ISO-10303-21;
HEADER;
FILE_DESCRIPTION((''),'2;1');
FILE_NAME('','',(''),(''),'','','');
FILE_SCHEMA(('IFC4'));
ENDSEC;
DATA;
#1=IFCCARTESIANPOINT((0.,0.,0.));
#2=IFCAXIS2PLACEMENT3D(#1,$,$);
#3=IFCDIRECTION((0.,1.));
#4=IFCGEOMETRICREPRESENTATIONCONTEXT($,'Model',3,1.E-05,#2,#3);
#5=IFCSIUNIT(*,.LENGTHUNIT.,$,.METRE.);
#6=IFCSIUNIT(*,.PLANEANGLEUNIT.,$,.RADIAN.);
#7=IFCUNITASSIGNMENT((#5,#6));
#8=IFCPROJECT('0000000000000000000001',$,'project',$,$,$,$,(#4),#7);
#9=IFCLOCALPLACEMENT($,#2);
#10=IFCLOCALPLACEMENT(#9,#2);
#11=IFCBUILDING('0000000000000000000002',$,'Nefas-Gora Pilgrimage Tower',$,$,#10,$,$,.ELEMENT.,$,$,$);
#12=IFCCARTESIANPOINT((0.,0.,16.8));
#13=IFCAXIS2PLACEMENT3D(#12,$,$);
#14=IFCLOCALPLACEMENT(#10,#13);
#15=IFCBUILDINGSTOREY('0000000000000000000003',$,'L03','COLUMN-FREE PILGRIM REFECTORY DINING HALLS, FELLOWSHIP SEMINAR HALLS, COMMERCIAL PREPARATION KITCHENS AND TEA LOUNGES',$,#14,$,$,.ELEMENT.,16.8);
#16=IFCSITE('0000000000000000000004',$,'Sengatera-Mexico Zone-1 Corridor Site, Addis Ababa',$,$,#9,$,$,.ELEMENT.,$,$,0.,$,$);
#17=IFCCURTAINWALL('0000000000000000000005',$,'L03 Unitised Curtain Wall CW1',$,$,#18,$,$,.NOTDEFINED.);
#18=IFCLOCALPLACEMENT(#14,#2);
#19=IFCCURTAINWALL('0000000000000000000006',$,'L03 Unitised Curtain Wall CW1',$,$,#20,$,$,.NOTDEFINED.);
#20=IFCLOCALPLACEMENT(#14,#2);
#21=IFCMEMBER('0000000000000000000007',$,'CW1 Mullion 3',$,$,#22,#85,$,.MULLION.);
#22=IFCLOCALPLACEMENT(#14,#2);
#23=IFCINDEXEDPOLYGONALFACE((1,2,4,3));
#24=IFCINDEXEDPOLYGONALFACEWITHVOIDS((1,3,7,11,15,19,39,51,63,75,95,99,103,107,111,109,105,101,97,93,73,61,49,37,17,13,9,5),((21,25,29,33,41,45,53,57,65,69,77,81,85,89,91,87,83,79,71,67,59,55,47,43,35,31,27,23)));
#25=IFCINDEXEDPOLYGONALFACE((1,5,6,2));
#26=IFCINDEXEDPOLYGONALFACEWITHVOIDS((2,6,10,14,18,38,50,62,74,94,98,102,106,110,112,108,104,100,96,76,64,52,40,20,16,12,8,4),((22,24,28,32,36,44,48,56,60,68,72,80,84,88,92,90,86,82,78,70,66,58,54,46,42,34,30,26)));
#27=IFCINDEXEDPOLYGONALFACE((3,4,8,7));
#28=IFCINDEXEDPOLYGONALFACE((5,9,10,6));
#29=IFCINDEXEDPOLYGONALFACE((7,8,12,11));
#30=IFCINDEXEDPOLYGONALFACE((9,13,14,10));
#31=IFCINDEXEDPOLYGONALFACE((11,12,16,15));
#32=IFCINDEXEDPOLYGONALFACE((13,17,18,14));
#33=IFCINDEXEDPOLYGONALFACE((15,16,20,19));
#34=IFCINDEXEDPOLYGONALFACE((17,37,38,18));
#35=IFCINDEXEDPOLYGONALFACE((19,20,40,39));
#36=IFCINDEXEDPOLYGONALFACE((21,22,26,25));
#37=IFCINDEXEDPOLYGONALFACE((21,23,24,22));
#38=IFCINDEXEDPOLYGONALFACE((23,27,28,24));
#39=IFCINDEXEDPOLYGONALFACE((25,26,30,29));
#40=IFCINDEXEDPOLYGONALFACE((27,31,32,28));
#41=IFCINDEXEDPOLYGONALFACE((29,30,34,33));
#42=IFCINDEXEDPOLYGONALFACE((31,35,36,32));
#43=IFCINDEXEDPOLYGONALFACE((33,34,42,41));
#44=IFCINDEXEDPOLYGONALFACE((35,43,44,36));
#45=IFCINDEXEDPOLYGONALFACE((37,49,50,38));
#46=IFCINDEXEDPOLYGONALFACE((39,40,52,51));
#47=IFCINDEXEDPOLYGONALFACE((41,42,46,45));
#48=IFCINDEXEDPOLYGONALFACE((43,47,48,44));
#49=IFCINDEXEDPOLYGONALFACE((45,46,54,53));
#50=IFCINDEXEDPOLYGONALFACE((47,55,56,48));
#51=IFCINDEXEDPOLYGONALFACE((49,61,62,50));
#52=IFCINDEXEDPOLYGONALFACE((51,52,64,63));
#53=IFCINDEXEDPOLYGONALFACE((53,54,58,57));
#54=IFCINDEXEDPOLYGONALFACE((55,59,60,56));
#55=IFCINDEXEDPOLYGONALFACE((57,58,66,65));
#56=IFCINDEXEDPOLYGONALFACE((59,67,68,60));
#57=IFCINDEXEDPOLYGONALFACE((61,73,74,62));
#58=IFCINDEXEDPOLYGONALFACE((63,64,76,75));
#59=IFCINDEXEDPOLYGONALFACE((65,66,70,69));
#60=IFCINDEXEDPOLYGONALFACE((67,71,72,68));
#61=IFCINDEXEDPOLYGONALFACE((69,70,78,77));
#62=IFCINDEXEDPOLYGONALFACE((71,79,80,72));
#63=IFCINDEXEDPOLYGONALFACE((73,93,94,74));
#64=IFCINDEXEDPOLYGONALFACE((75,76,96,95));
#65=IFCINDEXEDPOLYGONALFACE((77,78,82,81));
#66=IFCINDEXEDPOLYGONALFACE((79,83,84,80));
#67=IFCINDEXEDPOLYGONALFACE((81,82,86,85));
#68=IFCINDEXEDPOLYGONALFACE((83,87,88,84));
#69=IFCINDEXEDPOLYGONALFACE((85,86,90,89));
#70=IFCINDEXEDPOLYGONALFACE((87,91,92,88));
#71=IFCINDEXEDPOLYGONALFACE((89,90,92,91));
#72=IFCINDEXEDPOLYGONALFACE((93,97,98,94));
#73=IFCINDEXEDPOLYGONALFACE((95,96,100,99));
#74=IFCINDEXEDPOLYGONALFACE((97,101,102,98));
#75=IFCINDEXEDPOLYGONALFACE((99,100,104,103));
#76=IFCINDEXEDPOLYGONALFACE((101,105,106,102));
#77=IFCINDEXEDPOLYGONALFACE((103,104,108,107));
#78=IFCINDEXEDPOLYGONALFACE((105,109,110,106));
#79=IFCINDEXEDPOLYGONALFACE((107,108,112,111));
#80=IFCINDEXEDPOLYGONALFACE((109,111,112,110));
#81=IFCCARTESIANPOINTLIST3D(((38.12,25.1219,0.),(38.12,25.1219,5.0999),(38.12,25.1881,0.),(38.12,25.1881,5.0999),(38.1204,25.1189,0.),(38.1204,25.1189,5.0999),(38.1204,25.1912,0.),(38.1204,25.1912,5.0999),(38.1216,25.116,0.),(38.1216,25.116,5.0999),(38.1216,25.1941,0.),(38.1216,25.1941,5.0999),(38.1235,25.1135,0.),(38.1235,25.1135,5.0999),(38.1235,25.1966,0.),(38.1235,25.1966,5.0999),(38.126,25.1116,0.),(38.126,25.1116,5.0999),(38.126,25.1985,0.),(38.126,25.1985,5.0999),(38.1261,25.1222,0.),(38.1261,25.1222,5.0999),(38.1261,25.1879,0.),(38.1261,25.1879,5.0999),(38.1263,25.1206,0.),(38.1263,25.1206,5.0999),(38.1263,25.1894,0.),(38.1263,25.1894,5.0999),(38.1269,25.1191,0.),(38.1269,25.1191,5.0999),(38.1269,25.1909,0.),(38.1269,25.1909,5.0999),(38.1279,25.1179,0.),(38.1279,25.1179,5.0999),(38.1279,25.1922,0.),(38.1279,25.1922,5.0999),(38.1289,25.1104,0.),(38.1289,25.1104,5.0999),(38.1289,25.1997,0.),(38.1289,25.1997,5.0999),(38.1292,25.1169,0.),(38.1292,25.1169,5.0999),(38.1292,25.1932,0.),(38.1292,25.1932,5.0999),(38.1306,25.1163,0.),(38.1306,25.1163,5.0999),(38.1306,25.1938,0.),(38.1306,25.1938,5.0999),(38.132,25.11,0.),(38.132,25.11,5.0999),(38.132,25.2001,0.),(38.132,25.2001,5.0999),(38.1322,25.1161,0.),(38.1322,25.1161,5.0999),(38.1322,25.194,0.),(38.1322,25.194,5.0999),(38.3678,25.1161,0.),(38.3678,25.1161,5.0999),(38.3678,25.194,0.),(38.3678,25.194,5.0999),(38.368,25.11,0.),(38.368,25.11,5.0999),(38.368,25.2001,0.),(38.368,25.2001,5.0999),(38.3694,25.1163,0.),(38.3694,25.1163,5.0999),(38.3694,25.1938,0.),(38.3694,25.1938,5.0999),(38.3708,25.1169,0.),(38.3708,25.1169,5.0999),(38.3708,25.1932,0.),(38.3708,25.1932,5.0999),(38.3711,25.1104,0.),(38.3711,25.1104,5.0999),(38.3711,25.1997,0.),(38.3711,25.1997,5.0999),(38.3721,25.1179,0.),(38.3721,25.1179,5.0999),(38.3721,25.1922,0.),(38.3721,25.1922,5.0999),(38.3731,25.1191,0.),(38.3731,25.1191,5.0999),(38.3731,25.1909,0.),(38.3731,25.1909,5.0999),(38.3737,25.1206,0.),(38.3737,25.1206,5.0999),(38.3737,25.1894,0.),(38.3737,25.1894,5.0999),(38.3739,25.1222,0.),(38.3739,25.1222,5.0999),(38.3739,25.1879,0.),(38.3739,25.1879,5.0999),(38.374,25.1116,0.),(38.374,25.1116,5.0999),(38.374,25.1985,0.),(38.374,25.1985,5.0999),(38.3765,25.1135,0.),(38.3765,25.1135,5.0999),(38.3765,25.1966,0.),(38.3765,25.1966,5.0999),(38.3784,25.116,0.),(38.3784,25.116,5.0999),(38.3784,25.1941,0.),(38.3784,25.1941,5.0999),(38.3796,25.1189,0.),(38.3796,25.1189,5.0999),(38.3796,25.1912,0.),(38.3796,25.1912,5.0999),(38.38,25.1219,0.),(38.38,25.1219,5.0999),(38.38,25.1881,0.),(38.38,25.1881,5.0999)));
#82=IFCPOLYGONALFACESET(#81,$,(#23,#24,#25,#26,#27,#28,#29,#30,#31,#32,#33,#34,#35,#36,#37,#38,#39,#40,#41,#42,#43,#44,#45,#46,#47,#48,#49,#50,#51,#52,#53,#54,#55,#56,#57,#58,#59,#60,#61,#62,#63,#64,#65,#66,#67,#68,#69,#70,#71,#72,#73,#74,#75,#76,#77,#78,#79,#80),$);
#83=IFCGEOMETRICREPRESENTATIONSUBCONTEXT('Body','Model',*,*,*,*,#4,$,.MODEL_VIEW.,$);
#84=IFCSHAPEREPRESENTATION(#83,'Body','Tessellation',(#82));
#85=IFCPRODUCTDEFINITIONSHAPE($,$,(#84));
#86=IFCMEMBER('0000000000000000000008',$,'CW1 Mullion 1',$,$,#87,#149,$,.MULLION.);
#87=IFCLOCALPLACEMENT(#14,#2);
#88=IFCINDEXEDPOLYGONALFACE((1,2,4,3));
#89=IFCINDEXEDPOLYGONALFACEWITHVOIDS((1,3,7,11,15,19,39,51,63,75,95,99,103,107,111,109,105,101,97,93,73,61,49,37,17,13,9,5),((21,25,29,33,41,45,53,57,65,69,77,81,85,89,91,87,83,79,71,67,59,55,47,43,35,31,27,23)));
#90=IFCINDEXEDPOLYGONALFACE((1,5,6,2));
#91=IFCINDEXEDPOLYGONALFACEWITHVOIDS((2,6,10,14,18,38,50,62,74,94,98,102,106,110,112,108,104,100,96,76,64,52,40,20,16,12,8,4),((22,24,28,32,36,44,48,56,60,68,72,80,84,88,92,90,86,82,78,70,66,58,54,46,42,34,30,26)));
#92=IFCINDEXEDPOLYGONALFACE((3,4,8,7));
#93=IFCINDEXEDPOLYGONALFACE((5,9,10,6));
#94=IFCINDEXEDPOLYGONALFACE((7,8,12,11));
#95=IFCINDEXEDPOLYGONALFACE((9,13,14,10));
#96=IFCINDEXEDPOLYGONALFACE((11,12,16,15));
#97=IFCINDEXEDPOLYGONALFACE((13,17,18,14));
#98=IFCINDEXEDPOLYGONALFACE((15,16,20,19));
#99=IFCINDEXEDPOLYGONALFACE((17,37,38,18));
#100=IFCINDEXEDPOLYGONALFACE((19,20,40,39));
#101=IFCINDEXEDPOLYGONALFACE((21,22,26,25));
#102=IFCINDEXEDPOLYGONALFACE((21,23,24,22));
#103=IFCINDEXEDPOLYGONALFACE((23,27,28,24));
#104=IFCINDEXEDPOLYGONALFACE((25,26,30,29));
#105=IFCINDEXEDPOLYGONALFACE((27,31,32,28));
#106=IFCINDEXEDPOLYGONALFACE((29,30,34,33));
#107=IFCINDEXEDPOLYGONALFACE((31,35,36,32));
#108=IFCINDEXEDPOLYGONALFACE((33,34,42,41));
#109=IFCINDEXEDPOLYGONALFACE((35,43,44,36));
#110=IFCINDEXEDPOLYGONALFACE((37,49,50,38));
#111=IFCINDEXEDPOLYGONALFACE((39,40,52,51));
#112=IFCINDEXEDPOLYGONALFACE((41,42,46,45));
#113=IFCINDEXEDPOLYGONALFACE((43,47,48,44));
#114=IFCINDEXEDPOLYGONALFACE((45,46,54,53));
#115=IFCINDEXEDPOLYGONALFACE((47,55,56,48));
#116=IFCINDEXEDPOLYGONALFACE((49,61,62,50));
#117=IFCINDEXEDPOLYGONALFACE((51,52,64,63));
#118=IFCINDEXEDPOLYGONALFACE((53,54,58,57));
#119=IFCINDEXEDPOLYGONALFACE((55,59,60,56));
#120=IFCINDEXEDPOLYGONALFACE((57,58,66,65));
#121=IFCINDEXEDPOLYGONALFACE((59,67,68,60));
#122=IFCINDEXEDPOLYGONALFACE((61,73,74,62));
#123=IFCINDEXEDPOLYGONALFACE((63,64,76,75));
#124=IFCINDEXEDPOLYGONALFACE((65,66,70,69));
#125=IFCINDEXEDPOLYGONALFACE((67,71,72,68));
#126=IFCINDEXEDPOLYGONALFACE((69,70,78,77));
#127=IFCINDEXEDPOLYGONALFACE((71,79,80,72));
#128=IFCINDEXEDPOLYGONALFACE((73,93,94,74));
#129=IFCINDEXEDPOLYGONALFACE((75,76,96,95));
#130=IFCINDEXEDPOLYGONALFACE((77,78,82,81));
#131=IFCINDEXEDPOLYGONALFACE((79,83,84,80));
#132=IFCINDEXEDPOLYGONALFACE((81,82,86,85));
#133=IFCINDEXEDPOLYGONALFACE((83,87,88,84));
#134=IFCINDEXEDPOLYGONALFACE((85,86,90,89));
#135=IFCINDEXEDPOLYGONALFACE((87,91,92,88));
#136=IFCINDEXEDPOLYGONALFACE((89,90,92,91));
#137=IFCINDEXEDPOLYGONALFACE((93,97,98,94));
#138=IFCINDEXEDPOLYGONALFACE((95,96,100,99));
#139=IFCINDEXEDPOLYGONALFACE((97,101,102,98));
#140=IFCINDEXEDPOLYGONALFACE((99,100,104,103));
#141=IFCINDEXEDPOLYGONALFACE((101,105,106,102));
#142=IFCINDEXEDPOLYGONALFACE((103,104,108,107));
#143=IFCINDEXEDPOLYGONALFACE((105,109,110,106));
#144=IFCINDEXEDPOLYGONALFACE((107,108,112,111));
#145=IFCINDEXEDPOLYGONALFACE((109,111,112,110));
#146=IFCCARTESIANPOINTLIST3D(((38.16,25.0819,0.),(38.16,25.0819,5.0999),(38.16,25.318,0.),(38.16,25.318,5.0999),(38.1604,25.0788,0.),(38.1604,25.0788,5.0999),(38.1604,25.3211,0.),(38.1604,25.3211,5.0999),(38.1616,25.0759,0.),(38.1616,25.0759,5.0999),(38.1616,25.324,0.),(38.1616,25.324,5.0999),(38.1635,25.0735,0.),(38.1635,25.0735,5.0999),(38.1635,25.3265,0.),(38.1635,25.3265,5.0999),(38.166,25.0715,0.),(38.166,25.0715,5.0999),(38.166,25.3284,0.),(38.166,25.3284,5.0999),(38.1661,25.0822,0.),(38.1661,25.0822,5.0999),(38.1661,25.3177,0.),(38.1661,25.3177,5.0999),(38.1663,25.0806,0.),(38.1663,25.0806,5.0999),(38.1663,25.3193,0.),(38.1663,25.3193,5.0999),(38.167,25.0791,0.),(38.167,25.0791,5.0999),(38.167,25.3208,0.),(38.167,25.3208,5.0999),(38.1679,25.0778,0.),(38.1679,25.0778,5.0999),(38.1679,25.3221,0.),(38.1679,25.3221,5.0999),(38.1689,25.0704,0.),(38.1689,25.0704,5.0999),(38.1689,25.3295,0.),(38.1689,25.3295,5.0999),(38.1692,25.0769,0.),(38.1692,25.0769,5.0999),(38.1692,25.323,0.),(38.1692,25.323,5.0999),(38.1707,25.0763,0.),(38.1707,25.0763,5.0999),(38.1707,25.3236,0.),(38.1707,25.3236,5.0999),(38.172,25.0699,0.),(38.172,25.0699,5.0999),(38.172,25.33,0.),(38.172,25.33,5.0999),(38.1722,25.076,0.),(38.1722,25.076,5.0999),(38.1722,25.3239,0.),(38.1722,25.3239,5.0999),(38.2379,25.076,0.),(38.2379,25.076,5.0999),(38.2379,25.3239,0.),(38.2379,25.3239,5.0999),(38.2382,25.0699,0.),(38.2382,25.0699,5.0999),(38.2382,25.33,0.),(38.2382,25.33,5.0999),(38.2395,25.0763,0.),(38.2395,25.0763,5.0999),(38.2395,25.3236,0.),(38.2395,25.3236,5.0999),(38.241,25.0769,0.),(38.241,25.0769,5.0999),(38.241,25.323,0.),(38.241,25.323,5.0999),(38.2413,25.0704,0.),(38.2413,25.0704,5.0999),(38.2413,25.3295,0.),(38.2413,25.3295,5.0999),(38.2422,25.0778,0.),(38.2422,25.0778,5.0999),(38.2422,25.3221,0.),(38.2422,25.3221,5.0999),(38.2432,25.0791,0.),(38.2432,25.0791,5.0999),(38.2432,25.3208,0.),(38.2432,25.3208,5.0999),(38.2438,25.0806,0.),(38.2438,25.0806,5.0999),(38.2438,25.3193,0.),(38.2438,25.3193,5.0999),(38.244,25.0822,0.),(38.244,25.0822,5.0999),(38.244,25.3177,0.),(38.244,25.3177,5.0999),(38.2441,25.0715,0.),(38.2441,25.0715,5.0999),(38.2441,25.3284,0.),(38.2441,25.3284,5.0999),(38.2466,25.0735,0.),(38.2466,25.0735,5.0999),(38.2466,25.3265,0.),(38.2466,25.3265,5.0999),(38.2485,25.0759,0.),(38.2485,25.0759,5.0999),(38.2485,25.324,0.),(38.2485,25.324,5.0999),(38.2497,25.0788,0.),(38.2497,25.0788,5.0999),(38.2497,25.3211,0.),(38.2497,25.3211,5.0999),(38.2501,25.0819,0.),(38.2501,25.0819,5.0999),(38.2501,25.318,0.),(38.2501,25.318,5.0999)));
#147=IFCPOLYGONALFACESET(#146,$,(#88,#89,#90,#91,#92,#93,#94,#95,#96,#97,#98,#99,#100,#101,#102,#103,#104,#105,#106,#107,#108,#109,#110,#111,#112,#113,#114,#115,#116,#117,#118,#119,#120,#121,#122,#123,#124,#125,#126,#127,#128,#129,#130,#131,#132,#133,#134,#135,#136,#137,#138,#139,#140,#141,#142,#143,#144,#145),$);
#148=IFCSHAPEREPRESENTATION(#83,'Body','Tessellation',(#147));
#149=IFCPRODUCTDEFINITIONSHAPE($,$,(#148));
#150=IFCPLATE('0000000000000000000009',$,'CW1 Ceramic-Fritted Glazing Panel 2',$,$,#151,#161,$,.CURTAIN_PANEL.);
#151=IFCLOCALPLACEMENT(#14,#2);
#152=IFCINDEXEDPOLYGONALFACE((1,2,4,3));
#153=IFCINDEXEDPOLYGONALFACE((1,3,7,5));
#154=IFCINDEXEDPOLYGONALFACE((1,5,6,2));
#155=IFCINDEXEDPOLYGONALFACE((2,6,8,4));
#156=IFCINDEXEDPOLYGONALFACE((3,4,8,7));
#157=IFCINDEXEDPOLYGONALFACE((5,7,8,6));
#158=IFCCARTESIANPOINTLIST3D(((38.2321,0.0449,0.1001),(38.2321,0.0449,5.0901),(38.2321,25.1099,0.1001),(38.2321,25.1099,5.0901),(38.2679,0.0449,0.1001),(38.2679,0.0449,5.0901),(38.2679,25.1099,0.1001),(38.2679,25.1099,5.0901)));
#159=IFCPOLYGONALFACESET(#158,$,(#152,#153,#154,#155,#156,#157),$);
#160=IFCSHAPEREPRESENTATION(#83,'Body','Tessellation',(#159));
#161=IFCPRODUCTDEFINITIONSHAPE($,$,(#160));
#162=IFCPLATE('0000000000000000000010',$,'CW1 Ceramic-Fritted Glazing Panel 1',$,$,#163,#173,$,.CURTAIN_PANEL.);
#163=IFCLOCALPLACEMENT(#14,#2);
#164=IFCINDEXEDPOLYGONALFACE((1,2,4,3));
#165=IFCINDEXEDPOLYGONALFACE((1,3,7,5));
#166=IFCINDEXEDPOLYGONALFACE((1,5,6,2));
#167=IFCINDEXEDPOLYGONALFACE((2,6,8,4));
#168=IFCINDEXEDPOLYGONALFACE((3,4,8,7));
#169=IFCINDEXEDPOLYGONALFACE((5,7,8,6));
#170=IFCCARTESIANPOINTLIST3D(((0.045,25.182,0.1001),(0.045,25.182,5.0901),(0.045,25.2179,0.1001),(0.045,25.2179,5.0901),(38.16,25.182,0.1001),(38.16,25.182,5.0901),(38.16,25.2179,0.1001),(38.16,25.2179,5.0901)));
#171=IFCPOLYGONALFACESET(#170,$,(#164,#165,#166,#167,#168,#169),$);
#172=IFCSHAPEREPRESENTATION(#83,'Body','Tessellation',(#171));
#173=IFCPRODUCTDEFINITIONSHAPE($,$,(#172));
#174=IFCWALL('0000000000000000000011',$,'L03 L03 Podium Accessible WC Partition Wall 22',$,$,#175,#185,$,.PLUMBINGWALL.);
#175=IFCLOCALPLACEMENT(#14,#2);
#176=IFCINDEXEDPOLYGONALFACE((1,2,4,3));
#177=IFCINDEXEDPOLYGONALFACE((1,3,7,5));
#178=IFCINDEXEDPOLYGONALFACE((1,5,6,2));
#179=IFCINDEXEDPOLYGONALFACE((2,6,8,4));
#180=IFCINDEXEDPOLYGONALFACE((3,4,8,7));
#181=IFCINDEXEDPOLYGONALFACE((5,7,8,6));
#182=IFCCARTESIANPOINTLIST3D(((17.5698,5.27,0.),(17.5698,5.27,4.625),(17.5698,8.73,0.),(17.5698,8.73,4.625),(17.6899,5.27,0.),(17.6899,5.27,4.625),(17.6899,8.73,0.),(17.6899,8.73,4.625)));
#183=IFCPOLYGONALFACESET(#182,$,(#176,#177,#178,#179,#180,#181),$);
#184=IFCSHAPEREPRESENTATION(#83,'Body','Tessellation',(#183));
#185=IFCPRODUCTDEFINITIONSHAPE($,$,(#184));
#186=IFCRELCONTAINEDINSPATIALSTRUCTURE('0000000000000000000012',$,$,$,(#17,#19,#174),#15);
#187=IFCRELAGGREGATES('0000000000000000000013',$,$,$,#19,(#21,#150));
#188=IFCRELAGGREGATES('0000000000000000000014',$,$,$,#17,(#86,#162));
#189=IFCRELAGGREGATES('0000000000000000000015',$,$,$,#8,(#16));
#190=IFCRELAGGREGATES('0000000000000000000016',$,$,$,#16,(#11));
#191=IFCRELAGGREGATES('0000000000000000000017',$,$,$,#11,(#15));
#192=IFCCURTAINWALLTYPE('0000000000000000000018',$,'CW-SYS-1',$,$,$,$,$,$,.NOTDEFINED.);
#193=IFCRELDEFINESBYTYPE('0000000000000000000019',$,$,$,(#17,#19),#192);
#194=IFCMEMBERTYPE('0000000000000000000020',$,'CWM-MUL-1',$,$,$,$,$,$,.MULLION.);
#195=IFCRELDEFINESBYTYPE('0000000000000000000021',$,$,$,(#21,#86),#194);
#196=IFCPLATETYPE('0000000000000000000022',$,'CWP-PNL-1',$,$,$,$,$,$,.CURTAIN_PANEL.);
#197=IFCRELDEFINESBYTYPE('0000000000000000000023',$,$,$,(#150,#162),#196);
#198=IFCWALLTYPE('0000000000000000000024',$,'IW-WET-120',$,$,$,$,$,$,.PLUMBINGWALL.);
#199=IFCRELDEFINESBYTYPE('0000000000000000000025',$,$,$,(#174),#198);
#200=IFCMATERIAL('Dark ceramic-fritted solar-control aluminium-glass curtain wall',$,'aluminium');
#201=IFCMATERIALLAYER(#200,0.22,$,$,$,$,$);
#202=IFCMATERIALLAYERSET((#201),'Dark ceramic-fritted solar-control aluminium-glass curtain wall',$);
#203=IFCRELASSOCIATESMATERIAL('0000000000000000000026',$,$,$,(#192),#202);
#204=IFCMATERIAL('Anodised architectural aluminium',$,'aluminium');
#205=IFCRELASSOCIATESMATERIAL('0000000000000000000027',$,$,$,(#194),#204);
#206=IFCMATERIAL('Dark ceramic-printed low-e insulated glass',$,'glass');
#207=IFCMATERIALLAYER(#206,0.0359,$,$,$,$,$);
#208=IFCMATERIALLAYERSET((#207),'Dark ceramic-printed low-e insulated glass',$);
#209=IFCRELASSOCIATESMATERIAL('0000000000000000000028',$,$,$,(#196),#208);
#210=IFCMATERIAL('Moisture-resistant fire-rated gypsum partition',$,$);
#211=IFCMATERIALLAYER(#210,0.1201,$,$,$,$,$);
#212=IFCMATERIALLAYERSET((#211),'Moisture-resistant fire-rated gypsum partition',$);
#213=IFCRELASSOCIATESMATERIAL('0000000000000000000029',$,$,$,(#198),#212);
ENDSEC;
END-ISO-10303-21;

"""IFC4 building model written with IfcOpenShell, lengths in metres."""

from ifc_helpers import new_model, si_unit, direction, frame, frame_2d, origin, origin_2d, place, context, subcontext, project, spatial, rectangle, hollow_rectangle, extrude, source, transform, mapped, material, layer, layer_set, material_profile, profile_set, type_object, element, aggregate, save


model = new_model("IFC4")

# Units and contexts
model_context = context("Model", 3, precision=1e-05, world=origin(), true_north=direction((0.0, 1.0)))
body_context = subcontext(model_context, "Body", "Model", "MODEL_VIEW")
ifc_project = project(units=[si_unit("LENGTHUNIT", "METRE"), si_unit("PLANEANGLEUNIT", "RADIAN")], contexts=[model_context])

# Site, building, storey
site_placement = place(None, origin())
site = spatial("IfcSite", under=ifc_project, at=site_placement, Name="Sengatera-Mexico Zone-1 Corridor Site, Addis Ababa", CompositionType="ELEMENT", RefElevation=0.0)
building_placement = place(site_placement, origin())
building = spatial("IfcBuilding", under=site, at=building_placement, Name="Nefas-Gora Pilgrimage Tower", CompositionType="ELEMENT")
storey_placement = place(building_placement, frame((0.0, 0.0, 16.8)))
storey = spatial("IfcBuildingStorey", under=building, at=storey_placement, Name="L03", Description="COLUMN-FREE PILGRIM REFECTORY DINING HALLS, FELLOWSHIP SEMINAR HALLS, COMMERCIAL PREPARATION KITCHENS AND TEA LOUNGES", CompositionType="ELEMENT", Elevation=16.8)

# Curtain wall
ifc_material_1 = material(Name="Dark ceramic-fritted solar-control aluminium-glass curtain wall", Category="aluminium")
ifc_layer_1 = layer(ifc_material_1, 0.22)
ifc_layer_set_1 = layer_set([ifc_layer_1], Name="Dark ceramic-fritted solar-control aluminium-glass curtain wall")
curtain_wall_type = type_object("IfcCurtainWallType", Name="CW-SYS-1", PredefinedType="NOTDEFINED", material=ifc_layer_set_1)
curtain_wall_1_placement = place(storey_placement, origin())
curtain_wall_1 = element("IfcCurtainWall", 1, at=curtain_wall_1_placement, inside=storey, type_object=curtain_wall_type, Name="L03 Unitised Curtain Wall CW1", PredefinedType="NOTDEFINED")
ifc_material_2 = material(Name="Anodised architectural aluminium", Category="aluminium")

# Curtain wall, member
curtain_wall_2_placement = place(storey_placement, origin())
curtain_wall_2 = element("IfcCurtainWall", 2, at=curtain_wall_2_placement, inside=storey, type_object=curtain_wall_type, Name="L03 Unitised Curtain Wall CW1", PredefinedType="NOTDEFINED")
ifc_material_profile_1 = material_profile(ifc_material_2, hollow_rectangle(XDim=0.0901, YDim=0.26, WallThickness=0.0061, InnerFilletRadius=0.0061, OuterFilletRadius=0.012, at=origin_2d()), Name="ALU MULLION 90x260")
ifc_profile_set_1 = profile_set([ifc_material_profile_1], Name="Anodised architectural aluminium")
member_type_1 = type_object("IfcMemberType", Name="CWM-MUL-1", PredefinedType="MULLION", material=ifc_profile_set_1)
shared_shape_1 = source(origin(), body_context, "Body", "SweptSolid", [
    extrude(hollow_rectangle(XDim=0.0901, YDim=0.26, WallThickness=0.0061, InnerFilletRadius=0.0061, OuterFilletRadius=0.012, at=origin_2d()), origin(), (0.0, 0.0, 1.0), 5.0999),
])
member_1_placement = place(storey_placement, frame((38.25, 25.155, 0.0), z_axis=(0.0, 0.0, 1.0), x_axis=(0.0, 1.0, 0.0)))
member_1 = element("IfcMember", 3, at=member_1_placement, type_object=member_type_1, Name="CW1 Mullion 3", PredefinedType="MULLION", context=body_context, shape_type="MappedRepresentation", body=[
    mapped(shared_shape_1, transform((0.0, 0.0, 0.0), x_axis=(1.0, 0.0, 0.0), y_axis=(0.0, 1.0, 0.0), z_axis=(0.0, 0.0, 1.0), scale=1.0)),
])

# Member
member_2_placement = place(storey_placement, frame((38.2051, 25.2, 0.0), z_axis=(0.0, 0.0, 1.0), x_axis=(-1.0, 0.0, 0.0)))
member_2 = element("IfcMember", 4, at=member_2_placement, type_object=member_type_1, Name="CW1 Mullion 1", PredefinedType="MULLION", context=body_context, shape_type="MappedRepresentation", body=[
    mapped(shared_shape_1, transform((0.0, 0.0, 0.0), x_axis=(1.0, 0.0, 0.0), y_axis=(0.0, 1.0, 0.0), z_axis=(0.0, 0.0, 1.0), scale=1.0)),
])

# Plates
ifc_material_3 = material(Name="Dark ceramic-printed low-e insulated glass", Category="glass")
ifc_layer_2 = layer(ifc_material_3, 0.0359)
ifc_layer_set_2 = layer_set([ifc_layer_2], Name="Dark ceramic-printed low-e insulated glass")
plate_type = type_object("IfcPlateType", Name="CWP-PNL-1", PredefinedType="CURTAIN_PANEL", material=ifc_layer_set_2)
shared_shape_2 = source(origin(), body_context, "Body", "SweptSolid", [
    extrude(rectangle(XDim=25.0649, YDim=0.0359, at=origin_2d()), origin(), (0.0, 0.0, 1.0), 4.99),
])
plate_1_placement = place(storey_placement, frame((38.25, 12.5774, 0.1001), z_axis=(0.0, 0.0, 1.0), x_axis=(0.0, 1.0, 0.0)))
plate_1 = element("IfcPlate", 5, at=plate_1_placement, type_object=plate_type, Name="CW1 Ceramic-Fritted Glazing Panel 2", PredefinedType="CURTAIN_PANEL", context=body_context, shape_type="MappedRepresentation", body=[
    mapped(shared_shape_2, transform((0.0, 0.0, 0.0), x_axis=(1.0, 0.0, 0.0), y_axis=(0.0, 1.0, 0.0), z_axis=(0.0, 0.0, 1.0), scale=1.0)),
])
aggregate(curtain_wall_2, [member_1, plate_1])
shared_shape_3 = source(origin(), body_context, "Body", "SweptSolid", [
    extrude(rectangle(XDim=38.115, YDim=0.0359, at=origin_2d()), origin(), (0.0, 0.0, 1.0), 4.99),
])
plate_2_placement = place(storey_placement, frame((19.1025, 25.2, 0.1001), z_axis=(0.0, 0.0, 1.0), x_axis=(-1.0, 0.0, 0.0)))
plate_2 = element("IfcPlate", 6, at=plate_2_placement, type_object=plate_type, Name="CW1 Ceramic-Fritted Glazing Panel 1", PredefinedType="CURTAIN_PANEL", context=body_context, shape_type="MappedRepresentation", body=[
    mapped(shared_shape_3, transform((0.0, 0.0, 0.0), x_axis=(1.0, 0.0, 0.0), y_axis=(0.0, 1.0, 0.0), z_axis=(0.0, 0.0, 1.0), scale=1.0)),
])
aggregate(curtain_wall_1, [member_2, plate_2])

# Wall
ifc_material_4 = material(Name="Moisture-resistant fire-rated gypsum partition")
ifc_layer_3 = layer(ifc_material_4, 0.1201)
ifc_layer_set_3 = layer_set([ifc_layer_3], Name="Moisture-resistant fire-rated gypsum partition")
wall_type_1 = type_object("IfcWallType", Name="IW-WET-120", PredefinedType="PLUMBINGWALL", material=ifc_layer_set_3)
shared_shape_4 = source(origin(), body_context, "Body", "SweptSolid", [
    extrude(rectangle(XDim=3.46, YDim=0.1201, at=frame_2d((1.73, 0.0))), origin(), (0.0, 0.0, 1.0), 4.625),
])
wall_1_placement = place(storey_placement, frame((17.6299, 5.27, 0.0), z_axis=(0.0, 0.0, 1.0), x_axis=(0.0, 1.0, 0.0)))
element("IfcWall", 7, at=wall_1_placement, inside=storey, type_object=wall_type_1, Name="L03 L03 Podium Accessible WC Partition Wall 22", PredefinedType="PLUMBINGWALL", context=body_context, shape_type="MappedRepresentation", body=[
    mapped(shared_shape_4, transform((0.0, 0.0, 0.0), x_axis=(1.0, 0.0, 0.0), y_axis=(0.0, 1.0, 0.0), z_axis=(0.0, 0.0, 1.0), scale=1.0)),
])

save(model, "model.ifc")
